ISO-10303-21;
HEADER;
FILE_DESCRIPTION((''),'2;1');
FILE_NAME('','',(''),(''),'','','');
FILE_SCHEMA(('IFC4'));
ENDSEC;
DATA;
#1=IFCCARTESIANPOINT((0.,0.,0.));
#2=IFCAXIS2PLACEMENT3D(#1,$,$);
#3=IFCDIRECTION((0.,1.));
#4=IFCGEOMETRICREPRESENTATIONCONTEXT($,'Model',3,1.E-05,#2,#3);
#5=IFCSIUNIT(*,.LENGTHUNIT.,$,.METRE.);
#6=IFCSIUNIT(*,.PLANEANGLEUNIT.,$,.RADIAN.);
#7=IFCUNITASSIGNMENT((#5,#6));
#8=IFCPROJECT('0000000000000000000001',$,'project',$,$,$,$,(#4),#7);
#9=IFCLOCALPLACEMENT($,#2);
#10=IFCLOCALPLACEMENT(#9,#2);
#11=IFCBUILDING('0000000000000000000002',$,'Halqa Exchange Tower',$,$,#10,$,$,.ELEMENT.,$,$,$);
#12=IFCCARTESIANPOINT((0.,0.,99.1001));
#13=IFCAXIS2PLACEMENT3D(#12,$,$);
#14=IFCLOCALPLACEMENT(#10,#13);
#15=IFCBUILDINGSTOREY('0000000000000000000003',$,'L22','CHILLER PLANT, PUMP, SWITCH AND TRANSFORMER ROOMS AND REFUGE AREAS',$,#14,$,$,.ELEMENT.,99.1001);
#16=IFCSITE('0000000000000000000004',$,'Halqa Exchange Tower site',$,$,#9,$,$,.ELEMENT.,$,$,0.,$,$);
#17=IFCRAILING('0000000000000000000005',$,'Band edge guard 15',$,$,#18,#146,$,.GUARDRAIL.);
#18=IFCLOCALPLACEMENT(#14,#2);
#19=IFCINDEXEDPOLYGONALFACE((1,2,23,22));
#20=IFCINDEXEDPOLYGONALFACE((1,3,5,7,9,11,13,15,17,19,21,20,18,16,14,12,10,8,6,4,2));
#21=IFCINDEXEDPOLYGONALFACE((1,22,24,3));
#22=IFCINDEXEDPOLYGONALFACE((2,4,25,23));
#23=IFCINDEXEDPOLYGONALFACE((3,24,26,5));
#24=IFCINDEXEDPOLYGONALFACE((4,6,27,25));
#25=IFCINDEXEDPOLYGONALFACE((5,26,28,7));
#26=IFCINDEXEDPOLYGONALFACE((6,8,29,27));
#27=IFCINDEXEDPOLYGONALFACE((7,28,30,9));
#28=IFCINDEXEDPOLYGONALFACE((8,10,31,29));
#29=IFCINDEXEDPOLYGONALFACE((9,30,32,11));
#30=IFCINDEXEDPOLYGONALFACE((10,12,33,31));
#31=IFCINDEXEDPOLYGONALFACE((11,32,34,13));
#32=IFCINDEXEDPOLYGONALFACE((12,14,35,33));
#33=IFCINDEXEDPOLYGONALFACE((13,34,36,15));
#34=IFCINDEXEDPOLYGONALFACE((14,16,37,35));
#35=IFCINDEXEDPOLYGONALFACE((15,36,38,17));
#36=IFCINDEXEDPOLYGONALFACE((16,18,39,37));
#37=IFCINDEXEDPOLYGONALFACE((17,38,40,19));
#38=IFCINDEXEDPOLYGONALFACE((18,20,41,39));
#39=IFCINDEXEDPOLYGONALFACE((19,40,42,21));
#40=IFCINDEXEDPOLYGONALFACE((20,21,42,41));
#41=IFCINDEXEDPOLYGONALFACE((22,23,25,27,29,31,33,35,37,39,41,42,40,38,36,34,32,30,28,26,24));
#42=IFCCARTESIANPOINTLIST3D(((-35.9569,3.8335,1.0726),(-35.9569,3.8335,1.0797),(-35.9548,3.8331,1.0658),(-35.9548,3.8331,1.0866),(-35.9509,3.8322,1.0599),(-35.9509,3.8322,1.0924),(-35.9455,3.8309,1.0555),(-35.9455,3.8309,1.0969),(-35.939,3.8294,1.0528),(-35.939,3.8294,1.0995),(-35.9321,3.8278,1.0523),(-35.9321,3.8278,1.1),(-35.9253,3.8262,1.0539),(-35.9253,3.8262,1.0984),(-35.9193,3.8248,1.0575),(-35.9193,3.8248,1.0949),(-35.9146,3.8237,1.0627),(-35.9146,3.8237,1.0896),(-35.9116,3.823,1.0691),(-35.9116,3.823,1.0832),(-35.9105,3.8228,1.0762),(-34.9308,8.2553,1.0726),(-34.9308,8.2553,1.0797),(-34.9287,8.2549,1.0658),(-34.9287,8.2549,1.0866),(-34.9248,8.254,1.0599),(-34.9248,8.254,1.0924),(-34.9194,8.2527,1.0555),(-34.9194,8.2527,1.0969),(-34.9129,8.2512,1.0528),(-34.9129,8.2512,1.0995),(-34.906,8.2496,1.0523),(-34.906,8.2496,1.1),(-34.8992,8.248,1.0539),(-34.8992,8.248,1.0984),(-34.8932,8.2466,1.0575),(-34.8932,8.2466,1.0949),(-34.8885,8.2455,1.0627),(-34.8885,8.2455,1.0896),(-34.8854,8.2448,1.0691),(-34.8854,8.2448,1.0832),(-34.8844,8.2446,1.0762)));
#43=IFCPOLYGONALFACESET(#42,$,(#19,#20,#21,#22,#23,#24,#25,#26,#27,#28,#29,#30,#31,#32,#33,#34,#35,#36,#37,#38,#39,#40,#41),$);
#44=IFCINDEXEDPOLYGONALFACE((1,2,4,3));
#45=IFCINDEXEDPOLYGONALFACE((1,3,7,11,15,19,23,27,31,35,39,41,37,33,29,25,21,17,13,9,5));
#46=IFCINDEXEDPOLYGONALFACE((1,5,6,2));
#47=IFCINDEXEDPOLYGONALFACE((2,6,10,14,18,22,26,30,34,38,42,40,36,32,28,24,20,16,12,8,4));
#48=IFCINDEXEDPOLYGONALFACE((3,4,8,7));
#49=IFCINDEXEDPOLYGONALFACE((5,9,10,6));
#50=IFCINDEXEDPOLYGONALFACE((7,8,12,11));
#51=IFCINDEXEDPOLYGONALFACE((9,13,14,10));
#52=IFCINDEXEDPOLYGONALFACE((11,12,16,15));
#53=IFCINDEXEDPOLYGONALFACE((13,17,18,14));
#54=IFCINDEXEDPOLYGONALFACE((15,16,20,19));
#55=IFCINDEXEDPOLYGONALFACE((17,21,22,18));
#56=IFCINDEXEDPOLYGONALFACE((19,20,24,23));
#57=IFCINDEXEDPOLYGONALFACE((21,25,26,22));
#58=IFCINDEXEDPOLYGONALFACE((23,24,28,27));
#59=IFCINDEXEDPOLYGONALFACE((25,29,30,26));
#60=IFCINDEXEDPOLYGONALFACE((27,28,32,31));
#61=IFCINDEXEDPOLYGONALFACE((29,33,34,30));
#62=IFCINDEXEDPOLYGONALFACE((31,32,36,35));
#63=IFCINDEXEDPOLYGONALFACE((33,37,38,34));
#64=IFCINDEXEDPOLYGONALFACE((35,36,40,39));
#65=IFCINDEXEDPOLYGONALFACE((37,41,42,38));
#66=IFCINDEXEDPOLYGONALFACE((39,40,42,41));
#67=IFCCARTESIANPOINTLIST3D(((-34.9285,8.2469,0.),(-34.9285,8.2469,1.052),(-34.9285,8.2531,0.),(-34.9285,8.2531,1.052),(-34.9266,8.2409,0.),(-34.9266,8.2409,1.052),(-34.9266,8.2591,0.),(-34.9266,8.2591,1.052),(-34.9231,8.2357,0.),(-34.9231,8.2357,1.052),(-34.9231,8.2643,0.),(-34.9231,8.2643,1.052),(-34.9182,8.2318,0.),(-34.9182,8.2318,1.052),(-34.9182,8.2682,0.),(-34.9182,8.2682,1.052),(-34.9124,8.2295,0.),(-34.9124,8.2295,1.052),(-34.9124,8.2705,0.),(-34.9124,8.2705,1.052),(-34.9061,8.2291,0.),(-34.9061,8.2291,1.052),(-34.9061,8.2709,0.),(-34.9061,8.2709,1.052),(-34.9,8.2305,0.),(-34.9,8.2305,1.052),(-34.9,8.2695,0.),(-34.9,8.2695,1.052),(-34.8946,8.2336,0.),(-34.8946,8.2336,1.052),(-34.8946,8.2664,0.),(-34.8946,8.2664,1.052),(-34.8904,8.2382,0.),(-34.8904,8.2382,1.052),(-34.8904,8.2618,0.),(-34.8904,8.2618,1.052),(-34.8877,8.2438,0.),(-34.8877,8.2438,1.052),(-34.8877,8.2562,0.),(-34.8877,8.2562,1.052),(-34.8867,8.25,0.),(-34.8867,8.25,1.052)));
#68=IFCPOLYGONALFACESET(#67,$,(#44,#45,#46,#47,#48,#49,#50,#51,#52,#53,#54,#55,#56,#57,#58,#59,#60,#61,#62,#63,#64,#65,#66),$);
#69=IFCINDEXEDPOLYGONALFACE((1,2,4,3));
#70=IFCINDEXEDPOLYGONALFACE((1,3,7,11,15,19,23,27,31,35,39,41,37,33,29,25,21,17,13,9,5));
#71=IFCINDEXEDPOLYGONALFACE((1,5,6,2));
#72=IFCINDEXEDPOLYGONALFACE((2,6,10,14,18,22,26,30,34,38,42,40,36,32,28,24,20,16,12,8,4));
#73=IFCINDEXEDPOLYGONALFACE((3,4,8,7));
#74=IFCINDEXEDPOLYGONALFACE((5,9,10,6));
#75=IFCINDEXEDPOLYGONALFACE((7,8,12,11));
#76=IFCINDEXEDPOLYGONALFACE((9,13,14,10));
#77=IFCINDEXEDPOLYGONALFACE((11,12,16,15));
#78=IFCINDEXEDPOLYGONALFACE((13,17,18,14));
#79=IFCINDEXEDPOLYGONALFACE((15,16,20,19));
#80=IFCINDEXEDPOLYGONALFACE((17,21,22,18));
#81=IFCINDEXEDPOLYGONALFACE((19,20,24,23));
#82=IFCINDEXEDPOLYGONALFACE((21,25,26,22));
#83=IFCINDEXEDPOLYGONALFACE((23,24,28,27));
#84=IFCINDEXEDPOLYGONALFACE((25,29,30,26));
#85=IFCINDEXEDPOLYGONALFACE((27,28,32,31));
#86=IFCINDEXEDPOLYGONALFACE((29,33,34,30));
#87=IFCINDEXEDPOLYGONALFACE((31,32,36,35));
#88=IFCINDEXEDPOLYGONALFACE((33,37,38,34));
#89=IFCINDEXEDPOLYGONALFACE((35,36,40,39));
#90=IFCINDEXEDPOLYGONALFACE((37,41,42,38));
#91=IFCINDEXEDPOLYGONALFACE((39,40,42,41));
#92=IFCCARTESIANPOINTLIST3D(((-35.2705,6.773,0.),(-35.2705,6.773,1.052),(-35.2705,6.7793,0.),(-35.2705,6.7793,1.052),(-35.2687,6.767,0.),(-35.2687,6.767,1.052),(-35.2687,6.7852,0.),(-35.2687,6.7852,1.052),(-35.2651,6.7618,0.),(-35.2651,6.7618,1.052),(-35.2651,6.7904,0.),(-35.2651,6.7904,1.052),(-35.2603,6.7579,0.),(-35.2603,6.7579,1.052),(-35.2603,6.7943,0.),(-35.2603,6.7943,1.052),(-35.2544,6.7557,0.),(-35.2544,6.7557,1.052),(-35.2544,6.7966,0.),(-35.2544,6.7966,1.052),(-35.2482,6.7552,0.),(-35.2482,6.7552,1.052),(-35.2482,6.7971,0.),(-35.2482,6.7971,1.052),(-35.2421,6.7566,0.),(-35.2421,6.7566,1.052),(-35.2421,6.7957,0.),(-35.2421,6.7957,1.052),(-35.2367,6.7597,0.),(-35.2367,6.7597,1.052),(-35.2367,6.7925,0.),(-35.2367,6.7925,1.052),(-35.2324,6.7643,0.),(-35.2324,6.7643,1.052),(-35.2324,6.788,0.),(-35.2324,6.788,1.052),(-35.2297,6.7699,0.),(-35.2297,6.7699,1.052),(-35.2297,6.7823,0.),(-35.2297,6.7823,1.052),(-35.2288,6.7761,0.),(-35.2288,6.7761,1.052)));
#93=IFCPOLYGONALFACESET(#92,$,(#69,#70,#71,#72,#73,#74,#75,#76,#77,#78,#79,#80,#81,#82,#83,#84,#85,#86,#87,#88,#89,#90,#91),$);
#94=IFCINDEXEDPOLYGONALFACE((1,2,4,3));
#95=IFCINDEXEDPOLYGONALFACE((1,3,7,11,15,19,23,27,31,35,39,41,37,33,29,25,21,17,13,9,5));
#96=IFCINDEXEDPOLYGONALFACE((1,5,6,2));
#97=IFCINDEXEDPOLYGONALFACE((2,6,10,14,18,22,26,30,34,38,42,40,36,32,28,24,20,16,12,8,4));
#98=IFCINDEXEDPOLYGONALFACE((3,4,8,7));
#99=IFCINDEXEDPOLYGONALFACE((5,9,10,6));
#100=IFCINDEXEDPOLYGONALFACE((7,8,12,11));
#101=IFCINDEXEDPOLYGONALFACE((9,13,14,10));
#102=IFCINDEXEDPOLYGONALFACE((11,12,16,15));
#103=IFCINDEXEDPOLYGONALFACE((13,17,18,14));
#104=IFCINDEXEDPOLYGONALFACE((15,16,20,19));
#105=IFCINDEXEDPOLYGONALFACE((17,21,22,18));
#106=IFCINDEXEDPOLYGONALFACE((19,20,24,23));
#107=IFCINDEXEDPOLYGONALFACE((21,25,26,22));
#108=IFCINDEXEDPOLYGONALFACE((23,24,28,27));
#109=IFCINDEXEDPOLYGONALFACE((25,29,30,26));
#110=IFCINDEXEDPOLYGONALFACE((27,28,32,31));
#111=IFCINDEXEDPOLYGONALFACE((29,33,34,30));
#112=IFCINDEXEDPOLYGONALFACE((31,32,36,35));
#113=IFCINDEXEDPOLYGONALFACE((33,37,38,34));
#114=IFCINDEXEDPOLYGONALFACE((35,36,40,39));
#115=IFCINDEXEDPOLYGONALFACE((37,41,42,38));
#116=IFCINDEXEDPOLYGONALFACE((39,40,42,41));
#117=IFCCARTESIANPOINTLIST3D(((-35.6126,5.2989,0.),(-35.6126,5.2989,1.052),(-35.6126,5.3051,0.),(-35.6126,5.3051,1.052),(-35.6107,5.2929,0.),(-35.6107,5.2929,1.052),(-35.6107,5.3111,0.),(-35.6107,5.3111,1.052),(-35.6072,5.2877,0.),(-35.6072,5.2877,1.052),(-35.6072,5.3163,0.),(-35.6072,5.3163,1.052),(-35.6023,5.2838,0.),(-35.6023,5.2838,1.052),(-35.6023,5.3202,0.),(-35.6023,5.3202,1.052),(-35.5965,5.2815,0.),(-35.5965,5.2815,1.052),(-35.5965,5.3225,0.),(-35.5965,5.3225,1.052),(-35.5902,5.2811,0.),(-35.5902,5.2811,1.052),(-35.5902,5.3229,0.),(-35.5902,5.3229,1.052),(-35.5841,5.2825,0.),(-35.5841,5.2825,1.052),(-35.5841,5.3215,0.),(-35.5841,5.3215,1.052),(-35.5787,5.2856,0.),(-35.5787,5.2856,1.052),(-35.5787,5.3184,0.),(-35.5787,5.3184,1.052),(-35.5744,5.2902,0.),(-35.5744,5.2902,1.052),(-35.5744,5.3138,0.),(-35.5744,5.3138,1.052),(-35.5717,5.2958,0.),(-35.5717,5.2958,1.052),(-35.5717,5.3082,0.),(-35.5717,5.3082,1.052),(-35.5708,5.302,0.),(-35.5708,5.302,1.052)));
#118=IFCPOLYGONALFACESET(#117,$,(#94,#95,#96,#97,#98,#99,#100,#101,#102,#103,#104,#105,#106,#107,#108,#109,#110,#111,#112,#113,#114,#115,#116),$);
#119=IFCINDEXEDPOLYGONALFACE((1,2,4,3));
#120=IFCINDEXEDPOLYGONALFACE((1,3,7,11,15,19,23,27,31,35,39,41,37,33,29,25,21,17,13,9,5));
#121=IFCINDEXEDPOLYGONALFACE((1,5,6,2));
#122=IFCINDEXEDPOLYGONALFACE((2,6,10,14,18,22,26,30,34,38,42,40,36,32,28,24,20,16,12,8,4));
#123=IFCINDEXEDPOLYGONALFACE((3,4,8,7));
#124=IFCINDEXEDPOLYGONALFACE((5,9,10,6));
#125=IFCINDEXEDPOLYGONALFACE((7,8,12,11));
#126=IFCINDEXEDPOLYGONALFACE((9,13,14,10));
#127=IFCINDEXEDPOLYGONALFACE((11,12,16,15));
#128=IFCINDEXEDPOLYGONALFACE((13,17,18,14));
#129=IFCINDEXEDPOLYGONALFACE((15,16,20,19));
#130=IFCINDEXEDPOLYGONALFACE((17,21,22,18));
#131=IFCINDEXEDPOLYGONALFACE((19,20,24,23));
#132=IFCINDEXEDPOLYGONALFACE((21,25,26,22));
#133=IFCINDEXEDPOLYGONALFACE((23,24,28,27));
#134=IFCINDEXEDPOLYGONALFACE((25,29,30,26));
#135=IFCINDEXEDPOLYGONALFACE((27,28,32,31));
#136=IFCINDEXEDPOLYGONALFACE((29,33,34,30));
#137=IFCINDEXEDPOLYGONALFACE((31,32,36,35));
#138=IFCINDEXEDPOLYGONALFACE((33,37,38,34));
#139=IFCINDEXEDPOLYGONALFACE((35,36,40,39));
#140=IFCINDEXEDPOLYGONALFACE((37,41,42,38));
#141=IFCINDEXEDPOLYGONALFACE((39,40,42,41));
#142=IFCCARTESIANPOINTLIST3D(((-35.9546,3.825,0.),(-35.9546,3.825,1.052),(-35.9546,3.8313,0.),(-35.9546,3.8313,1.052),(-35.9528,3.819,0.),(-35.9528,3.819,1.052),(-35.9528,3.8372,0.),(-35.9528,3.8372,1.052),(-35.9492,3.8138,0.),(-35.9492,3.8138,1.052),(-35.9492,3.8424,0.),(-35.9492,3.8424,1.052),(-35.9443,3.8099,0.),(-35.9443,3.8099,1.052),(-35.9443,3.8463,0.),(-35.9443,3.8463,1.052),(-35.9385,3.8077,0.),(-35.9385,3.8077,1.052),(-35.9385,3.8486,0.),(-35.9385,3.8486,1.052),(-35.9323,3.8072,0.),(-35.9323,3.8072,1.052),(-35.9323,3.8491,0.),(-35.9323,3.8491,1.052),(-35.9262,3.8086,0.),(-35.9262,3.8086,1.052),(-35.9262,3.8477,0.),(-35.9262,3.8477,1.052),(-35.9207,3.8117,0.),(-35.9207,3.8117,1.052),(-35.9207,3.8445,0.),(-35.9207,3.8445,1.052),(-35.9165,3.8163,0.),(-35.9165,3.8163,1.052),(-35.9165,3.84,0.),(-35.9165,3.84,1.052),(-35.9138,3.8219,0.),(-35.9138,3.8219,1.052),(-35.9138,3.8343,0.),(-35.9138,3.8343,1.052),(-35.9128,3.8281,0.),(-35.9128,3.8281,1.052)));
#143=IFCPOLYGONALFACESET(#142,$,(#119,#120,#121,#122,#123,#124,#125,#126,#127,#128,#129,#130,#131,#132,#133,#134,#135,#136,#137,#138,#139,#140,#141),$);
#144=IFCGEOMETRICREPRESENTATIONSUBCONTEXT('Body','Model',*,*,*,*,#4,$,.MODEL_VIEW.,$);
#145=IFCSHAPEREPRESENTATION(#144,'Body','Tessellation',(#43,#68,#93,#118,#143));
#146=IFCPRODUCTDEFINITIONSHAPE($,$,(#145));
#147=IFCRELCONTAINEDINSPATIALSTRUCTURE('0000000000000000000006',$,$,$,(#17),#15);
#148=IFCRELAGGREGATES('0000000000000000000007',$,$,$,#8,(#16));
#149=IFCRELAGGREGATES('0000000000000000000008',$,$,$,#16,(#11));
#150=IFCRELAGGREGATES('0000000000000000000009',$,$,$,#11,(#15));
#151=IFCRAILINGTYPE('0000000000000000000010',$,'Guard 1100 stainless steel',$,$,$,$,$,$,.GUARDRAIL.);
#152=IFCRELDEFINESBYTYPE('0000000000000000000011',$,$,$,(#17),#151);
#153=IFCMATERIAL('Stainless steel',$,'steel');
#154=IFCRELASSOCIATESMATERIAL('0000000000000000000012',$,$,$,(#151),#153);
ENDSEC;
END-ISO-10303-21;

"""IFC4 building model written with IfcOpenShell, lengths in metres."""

from ifc_helpers import new_model, si_unit, direction, frame, origin, origin_2d, place, context, subcontext, project, spatial, circle, extrude, material, type_object, element, save


model = new_model("IFC4")

# Units and contexts
model_context = context("Model", 3, precision=1e-05, world=origin(), true_north=direction((0.0, 1.0)))
body_context = subcontext(model_context, "Body", "Model", "MODEL_VIEW")
ifc_project = project(units=[si_unit("LENGTHUNIT", "METRE"), si_unit("PLANEANGLEUNIT", "RADIAN")], contexts=[model_context])

# Site, building, storey
site_placement = place(None, origin())
site = spatial("IfcSite", under=ifc_project, at=site_placement, Name="Halqa Exchange Tower site", CompositionType="ELEMENT", RefElevation=0.0)
building_placement = place(site_placement, origin())
building = spatial("IfcBuilding", under=site, at=building_placement, Name="Halqa Exchange Tower", CompositionType="ELEMENT")
storey_placement = place(building_placement, frame((0.0, 0.0, 99.1001)))
storey = spatial("IfcBuildingStorey", under=building, at=storey_placement, Name="L22", Description="CHILLER PLANT, PUMP, SWITCH AND TRANSFORMER ROOMS AND REFUGE AREAS", CompositionType="ELEMENT", Elevation=99.1001)

# Railing
ifc_material_1 = material(Name="Stainless steel", Category="steel")
railing_type = type_object("IfcRailingType", Name="Guard 1100 stainless steel", PredefinedType="GUARDRAIL", material=ifc_material_1)
railing_1_placement = place(storey_placement, frame((-34.9077, 8.25, 0.0)))
element("IfcRailing", 1, at=railing_1_placement, inside=storey, type_object=railing_type, Name="Band edge guard 15", PredefinedType="GUARDRAIL", context=body_context, shape_type="SweptSolid", body=[
    extrude(circle(Radius=0.0239, at=origin_2d()), frame((0.0, 0.0, 1.0762), z_axis=(-0.22605, -0.974116, 0.0), x_axis=(0.974116, -0.22605, 0.0)), (0.0, 0.0, 1.0), 4.5393),
    extrude(circle(Radius=0.021, at=origin_2d()), origin(), (0.0, 0.0, 1.0), 1.052),
    extrude(circle(Radius=0.021, at=origin_2d()), frame((-0.342, -1.4739, 0.0)), (0.0, 0.0, 1.0), 1.052),
    extrude(circle(Radius=0.021, at=origin_2d()), frame((-0.6841, -2.948, 0.0)), (0.0, 0.0, 1.0), 1.052),
    extrude(circle(Radius=0.021, at=origin_2d()), frame((-1.0261, -4.4219, 0.0)), (0.0, 0.0, 1.0), 1.052),
])

save(model, "model.ifc")
